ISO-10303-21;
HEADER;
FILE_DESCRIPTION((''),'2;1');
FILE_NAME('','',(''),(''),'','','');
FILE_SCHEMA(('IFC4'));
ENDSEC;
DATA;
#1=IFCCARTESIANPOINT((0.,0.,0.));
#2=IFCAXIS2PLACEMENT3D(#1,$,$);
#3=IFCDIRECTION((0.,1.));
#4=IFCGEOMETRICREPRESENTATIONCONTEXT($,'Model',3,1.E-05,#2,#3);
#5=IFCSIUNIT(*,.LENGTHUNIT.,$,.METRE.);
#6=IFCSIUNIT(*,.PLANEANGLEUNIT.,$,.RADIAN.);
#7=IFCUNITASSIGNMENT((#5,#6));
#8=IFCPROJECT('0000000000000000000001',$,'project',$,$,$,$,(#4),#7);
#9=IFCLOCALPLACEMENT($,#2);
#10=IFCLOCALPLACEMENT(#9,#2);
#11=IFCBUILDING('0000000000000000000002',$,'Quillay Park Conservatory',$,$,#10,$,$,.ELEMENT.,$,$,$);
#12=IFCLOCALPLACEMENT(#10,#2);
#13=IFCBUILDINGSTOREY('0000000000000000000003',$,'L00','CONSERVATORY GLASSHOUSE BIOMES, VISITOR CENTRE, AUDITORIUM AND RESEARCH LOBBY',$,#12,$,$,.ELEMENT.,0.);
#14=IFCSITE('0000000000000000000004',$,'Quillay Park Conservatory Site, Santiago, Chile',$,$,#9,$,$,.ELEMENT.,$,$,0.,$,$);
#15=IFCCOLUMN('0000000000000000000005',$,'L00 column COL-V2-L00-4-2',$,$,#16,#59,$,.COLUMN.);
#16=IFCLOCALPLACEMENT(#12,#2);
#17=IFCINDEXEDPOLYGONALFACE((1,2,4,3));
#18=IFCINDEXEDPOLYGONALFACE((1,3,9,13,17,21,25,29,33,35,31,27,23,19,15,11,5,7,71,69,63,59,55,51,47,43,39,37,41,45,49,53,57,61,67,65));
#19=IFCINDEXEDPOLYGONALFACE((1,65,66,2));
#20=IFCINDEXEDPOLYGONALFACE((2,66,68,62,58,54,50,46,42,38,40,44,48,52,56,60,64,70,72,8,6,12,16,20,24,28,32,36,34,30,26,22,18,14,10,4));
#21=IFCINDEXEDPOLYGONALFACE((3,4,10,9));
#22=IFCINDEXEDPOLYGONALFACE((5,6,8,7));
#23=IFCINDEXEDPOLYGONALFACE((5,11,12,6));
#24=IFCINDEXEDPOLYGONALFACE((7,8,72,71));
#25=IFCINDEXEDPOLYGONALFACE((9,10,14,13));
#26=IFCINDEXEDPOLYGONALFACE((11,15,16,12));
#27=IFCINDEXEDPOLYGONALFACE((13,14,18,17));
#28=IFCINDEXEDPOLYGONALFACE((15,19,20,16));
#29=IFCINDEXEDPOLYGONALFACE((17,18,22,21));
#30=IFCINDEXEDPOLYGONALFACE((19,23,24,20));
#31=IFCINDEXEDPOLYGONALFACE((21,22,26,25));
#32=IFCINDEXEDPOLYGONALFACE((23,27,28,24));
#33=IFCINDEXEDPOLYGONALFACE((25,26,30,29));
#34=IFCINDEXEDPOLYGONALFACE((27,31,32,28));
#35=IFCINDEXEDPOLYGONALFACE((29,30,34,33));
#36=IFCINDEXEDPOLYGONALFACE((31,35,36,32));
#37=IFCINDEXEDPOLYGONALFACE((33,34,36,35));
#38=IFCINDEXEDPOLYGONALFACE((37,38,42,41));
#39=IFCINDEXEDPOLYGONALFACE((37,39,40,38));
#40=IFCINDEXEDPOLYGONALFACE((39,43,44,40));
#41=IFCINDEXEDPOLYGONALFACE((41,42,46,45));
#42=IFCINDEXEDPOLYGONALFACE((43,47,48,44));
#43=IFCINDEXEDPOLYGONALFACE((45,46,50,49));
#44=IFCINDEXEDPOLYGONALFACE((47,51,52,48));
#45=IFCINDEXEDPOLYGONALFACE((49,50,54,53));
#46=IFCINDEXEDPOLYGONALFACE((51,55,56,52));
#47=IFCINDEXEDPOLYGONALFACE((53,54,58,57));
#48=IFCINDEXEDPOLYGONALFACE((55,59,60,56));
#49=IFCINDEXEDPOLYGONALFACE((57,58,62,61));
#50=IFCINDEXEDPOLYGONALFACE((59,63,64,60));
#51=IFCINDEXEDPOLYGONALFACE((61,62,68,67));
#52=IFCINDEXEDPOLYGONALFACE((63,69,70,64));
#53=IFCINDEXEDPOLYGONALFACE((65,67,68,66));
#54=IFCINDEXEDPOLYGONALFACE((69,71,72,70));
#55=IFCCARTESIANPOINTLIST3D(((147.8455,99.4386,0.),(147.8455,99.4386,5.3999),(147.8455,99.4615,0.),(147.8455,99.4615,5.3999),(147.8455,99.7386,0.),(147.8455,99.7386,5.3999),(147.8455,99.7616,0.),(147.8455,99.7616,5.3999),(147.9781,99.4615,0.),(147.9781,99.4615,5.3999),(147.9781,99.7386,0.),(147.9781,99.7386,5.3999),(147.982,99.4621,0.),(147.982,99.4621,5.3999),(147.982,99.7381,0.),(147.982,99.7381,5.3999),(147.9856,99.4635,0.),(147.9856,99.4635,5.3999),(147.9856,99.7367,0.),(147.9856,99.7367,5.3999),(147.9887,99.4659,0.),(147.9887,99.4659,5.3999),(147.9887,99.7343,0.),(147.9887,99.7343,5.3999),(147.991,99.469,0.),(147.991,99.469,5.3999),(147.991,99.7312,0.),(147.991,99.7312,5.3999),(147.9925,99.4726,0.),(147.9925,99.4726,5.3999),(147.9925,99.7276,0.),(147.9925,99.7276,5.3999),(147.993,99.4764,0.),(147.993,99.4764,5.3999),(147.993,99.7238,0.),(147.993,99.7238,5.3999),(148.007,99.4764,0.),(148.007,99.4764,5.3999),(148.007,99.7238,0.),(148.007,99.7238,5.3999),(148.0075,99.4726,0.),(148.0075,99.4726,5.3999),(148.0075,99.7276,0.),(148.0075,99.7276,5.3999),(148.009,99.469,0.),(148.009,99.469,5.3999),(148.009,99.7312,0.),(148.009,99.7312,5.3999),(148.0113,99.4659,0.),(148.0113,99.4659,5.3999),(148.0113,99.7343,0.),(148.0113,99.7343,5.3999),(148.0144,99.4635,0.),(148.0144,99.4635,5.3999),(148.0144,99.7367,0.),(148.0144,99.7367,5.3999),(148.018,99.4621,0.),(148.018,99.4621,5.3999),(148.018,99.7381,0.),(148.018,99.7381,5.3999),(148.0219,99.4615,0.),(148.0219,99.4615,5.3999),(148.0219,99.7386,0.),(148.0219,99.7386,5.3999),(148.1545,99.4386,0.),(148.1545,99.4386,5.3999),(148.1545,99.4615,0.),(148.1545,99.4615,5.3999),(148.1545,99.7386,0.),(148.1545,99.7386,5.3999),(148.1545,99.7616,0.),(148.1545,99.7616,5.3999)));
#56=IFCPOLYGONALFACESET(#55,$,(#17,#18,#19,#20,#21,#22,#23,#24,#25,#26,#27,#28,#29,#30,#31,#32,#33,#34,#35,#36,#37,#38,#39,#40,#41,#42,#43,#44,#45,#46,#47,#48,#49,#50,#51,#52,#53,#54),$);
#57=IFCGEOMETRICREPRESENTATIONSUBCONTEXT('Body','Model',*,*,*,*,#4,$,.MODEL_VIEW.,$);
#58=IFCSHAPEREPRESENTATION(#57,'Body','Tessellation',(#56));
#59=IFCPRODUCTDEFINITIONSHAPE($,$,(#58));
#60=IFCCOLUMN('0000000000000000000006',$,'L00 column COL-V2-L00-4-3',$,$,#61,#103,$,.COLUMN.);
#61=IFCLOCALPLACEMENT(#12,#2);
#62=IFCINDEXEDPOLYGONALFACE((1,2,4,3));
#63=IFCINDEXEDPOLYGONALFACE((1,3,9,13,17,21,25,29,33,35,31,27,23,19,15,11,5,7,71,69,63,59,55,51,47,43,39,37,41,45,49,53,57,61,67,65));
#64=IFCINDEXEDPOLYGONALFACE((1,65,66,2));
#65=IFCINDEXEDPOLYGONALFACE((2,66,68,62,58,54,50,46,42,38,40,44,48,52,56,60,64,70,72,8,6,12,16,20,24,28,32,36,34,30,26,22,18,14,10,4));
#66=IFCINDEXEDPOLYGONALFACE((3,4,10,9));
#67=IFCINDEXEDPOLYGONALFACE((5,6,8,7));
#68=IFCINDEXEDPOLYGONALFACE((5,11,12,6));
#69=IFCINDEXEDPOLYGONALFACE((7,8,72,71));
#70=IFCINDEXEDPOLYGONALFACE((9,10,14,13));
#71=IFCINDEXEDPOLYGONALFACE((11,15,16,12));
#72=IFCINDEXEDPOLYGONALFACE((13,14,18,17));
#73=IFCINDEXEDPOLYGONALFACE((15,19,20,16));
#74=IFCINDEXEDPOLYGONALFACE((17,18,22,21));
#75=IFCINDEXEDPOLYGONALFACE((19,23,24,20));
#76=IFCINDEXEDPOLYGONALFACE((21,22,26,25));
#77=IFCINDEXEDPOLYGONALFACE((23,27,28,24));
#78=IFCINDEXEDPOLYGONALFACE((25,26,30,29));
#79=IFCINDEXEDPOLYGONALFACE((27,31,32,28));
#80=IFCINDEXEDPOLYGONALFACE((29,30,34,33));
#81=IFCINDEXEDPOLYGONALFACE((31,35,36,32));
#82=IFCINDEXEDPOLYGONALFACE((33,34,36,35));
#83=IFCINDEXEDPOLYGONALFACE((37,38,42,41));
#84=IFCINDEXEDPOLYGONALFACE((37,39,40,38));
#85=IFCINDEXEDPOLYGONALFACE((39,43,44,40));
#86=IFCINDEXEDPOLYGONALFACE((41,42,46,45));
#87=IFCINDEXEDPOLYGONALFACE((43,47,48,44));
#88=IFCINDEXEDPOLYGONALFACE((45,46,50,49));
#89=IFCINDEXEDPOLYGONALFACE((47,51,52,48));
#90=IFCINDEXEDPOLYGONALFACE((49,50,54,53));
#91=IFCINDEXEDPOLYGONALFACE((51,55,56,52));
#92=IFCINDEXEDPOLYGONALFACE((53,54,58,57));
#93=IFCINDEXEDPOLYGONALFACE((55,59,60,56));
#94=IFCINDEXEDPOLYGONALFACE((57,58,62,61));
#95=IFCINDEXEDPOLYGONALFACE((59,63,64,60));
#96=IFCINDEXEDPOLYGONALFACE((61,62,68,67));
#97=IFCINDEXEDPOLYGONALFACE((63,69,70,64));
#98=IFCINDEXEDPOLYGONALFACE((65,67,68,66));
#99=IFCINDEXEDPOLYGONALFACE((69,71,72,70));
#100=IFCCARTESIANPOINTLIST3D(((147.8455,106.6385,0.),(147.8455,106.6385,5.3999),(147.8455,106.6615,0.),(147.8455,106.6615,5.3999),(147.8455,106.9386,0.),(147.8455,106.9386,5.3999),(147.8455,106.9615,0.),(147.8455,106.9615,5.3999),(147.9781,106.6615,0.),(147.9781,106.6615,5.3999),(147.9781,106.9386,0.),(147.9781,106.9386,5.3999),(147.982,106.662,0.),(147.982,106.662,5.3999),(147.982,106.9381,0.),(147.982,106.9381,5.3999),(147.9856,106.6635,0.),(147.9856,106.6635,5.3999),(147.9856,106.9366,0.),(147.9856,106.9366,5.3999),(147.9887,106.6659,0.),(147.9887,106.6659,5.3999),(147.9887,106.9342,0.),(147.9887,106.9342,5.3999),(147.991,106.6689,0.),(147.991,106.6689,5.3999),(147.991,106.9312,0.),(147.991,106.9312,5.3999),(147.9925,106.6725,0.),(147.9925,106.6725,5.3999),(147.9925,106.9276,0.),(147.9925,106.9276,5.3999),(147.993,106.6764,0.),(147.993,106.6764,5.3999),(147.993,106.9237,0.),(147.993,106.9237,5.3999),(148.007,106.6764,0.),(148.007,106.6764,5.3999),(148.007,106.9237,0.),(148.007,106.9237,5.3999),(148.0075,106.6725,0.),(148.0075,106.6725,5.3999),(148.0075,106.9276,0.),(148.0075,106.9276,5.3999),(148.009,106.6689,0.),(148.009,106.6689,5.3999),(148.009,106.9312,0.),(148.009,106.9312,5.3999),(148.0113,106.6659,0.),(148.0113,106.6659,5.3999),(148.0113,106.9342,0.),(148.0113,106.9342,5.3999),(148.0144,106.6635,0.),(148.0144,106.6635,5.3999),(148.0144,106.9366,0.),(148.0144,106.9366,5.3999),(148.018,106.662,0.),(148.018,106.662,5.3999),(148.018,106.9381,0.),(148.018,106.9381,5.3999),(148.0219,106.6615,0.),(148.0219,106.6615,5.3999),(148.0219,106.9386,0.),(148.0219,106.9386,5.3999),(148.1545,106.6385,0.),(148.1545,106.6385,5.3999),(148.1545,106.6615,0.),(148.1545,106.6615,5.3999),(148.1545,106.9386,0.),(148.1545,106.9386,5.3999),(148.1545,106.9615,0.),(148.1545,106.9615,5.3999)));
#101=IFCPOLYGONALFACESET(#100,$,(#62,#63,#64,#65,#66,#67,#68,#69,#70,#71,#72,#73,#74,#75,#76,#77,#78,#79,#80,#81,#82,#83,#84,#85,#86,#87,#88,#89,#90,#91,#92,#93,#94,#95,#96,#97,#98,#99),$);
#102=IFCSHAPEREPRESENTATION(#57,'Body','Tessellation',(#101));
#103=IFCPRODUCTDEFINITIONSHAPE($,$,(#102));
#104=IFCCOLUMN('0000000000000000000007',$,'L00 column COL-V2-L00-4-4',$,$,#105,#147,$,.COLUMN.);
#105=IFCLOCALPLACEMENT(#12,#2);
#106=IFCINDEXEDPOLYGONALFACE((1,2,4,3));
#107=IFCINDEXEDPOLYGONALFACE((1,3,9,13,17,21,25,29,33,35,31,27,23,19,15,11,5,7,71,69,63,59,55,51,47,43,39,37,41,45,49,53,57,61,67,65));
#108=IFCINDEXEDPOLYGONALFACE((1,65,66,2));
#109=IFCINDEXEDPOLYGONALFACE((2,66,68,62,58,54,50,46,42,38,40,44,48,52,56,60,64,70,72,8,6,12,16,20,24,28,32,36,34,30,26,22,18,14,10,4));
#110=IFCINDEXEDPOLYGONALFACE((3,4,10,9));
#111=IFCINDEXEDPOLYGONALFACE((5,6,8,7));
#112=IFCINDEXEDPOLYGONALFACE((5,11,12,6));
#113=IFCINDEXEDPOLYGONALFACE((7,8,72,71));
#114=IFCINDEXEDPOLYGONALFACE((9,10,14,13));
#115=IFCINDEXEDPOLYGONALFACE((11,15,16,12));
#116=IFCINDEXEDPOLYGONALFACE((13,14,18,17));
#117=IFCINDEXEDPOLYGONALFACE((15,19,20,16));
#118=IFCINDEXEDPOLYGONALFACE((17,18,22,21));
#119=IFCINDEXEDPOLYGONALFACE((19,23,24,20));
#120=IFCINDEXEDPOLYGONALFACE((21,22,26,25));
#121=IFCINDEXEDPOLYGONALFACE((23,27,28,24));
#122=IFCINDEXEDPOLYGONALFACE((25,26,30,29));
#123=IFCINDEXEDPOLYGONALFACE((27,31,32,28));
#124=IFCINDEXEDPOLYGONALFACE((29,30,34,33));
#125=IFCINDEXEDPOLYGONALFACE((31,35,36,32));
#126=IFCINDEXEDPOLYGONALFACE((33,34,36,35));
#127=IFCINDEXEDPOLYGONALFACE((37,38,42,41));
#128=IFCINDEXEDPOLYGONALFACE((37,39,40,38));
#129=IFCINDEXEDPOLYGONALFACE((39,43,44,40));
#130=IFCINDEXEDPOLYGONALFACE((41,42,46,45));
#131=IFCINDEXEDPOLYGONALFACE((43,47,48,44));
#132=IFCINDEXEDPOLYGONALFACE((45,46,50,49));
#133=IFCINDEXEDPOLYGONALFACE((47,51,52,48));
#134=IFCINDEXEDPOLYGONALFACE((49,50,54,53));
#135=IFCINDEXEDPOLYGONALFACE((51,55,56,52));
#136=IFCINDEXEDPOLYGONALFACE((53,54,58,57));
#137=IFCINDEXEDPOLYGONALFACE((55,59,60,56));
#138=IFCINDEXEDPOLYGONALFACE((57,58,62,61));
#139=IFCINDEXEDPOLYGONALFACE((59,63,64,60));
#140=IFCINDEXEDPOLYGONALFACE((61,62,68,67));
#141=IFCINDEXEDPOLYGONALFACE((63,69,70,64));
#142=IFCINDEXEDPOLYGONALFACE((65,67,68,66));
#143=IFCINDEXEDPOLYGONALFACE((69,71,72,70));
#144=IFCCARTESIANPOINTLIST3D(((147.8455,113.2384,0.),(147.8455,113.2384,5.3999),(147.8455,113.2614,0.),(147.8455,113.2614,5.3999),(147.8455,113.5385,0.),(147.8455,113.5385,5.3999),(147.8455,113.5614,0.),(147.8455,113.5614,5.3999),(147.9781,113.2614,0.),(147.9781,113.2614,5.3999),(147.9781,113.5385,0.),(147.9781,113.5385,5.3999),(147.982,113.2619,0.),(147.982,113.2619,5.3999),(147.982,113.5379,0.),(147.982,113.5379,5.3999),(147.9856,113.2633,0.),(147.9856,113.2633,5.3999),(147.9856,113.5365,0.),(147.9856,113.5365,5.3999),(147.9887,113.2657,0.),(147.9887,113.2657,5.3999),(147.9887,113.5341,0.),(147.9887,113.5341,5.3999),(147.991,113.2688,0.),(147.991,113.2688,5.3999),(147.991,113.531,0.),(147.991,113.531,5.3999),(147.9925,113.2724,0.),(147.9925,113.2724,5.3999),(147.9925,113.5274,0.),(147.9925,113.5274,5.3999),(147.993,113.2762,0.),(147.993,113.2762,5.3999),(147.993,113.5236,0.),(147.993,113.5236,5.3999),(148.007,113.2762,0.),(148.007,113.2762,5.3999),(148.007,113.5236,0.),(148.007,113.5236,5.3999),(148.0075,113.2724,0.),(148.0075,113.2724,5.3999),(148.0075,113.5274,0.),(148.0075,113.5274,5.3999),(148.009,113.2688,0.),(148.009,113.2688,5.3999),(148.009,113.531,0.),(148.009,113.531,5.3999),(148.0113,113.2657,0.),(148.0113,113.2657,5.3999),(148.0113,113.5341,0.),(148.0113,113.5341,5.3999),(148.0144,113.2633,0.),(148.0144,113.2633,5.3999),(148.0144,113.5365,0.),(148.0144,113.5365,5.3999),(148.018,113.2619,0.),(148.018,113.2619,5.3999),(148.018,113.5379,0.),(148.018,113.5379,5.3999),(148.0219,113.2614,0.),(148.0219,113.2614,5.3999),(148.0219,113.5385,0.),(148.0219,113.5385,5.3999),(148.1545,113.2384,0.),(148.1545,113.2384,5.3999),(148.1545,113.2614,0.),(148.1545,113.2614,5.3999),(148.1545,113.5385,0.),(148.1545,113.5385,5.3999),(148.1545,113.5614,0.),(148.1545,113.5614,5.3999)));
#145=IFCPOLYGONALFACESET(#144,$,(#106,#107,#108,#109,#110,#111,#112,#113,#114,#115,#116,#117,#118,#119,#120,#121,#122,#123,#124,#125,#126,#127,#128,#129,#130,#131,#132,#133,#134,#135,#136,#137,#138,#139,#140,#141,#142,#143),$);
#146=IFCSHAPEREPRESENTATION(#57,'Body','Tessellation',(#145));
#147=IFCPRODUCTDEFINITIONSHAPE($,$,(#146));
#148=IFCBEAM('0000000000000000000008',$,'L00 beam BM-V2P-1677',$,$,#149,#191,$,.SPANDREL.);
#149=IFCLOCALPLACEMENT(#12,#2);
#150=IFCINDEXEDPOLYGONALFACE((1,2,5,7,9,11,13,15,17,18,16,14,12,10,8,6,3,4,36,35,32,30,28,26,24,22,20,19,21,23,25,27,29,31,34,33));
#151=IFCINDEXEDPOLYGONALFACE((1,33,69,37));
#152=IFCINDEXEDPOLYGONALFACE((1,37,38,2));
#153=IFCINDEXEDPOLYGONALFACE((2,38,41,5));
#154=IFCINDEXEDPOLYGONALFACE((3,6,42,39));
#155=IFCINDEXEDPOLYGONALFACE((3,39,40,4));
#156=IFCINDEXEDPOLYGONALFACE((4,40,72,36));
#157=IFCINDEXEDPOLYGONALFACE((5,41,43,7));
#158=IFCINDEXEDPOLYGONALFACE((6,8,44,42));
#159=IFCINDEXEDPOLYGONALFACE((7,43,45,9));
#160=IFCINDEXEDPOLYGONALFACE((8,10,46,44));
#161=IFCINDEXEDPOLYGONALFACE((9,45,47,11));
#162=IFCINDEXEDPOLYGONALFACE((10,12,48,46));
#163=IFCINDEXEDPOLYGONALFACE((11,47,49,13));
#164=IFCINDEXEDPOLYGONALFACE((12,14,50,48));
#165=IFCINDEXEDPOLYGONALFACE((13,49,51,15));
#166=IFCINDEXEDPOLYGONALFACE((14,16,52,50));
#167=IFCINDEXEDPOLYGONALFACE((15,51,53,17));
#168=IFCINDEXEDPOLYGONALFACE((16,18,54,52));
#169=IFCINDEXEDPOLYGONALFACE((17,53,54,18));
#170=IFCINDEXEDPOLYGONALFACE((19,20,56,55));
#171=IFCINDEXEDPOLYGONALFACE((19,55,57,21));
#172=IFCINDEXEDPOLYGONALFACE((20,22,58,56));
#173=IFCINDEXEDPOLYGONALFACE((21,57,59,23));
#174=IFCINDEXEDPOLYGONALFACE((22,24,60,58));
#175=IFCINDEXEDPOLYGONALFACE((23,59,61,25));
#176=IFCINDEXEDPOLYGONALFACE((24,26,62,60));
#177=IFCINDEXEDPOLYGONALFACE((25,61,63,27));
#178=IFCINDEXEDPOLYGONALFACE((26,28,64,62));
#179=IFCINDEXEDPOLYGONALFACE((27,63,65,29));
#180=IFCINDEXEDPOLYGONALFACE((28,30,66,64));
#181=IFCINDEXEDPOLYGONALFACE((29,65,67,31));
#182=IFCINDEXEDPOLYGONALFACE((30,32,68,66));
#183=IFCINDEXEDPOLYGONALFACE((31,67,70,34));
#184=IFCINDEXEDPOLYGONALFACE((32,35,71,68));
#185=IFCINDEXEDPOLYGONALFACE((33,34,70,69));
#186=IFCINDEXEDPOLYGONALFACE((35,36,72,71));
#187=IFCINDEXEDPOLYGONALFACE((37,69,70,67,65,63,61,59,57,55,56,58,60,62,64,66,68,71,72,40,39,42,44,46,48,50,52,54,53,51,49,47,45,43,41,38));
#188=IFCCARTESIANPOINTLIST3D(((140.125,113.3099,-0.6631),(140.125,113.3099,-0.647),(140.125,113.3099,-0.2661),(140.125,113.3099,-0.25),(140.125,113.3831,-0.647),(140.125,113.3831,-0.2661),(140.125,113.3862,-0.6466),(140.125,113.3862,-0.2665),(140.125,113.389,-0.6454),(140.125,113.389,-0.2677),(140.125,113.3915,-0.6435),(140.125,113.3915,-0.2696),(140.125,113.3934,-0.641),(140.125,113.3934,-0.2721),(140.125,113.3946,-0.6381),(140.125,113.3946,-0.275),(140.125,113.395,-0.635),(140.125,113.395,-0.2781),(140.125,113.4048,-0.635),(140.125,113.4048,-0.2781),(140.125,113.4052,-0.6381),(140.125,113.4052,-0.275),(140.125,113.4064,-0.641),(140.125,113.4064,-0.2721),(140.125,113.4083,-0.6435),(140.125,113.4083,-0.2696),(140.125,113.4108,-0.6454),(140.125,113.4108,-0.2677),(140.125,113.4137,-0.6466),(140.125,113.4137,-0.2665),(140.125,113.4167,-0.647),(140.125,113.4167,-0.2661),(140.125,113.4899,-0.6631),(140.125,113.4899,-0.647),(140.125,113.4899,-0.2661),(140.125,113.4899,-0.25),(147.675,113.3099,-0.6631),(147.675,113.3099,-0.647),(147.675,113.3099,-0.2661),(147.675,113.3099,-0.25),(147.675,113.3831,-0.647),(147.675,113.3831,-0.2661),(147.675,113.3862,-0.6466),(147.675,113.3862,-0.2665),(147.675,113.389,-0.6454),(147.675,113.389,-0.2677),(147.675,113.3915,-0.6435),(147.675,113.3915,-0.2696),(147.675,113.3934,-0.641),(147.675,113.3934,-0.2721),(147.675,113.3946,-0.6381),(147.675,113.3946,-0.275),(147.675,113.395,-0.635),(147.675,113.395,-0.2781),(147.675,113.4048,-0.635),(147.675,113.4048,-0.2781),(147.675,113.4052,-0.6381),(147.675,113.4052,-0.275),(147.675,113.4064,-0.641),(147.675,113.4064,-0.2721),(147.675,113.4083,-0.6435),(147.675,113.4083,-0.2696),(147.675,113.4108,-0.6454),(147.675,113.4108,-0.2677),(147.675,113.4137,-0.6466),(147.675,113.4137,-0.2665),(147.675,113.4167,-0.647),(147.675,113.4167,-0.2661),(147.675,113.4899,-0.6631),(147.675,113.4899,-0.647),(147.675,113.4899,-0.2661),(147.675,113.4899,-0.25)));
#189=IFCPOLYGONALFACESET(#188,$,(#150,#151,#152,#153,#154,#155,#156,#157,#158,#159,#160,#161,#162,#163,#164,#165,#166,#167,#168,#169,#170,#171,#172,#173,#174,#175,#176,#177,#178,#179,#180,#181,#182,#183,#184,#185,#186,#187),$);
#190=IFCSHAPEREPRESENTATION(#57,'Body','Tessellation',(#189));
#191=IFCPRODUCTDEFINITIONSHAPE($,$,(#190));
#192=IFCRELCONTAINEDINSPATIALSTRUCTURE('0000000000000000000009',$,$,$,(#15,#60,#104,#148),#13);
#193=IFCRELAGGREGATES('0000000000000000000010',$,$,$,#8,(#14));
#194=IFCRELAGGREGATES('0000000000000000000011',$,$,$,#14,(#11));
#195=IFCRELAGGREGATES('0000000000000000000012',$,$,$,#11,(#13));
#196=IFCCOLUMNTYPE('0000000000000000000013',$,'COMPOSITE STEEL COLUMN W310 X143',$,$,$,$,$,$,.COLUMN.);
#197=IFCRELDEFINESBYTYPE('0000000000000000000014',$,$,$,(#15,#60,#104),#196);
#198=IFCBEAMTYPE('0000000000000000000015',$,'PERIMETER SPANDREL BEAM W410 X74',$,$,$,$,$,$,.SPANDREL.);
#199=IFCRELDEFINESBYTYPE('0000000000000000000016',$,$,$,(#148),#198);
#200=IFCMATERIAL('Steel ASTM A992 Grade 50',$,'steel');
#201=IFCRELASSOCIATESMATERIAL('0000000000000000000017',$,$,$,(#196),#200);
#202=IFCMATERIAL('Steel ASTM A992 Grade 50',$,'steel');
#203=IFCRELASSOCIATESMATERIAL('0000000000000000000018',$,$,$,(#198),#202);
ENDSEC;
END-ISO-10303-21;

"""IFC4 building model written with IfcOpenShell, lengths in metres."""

from ifc_helpers import new_model, si_unit, direction, frame, origin, origin_2d, place, context, subcontext, project, spatial, i_section, extrude, material, material_profile, profile_set, type_object, element, save


model = new_model("IFC4")

# Units and contexts
model_context = context("Model", 3, precision=1e-05, world=origin(), true_north=direction((0.0, 1.0)))
body_context = subcontext(model_context, "Body", "Model", "MODEL_VIEW")
ifc_project = project(units=[si_unit("LENGTHUNIT", "METRE"), si_unit("PLANEANGLEUNIT", "RADIAN")], contexts=[model_context])

# Site, building, storey
site_placement = place(None, origin())
site = spatial("IfcSite", under=ifc_project, at=site_placement, Name="Quillay Park Conservatory Site, Santiago, Chile", CompositionType="ELEMENT", RefElevation=0.0)
building_placement = place(site_placement, origin())
building = spatial("IfcBuilding", under=site, at=building_placement, Name="Quillay Park Conservatory", CompositionType="ELEMENT")
storey_placement = place(building_placement, origin())
storey = spatial("IfcBuildingStorey", under=building, at=storey_placement, Name="L00", Description="CONSERVATORY GLASSHOUSE BIOMES, VISITOR CENTRE, AUDITORIUM AND RESEARCH LOBBY", CompositionType="ELEMENT", Elevation=0.0)

# Columns
ifc_material_1 = material(Name="Steel ASTM A992 Grade 50", Category="steel")
ifc_material_profile_1 = material_profile(ifc_material_1, i_section(OverallWidth=0.3091, OverallDepth=0.323, WebThickness=0.0139, FlangeThickness=0.0229, FilletRadius=0.0149, at=origin_2d()), Name="W310x143")
ifc_profile_set_1 = profile_set([ifc_material_profile_1], Name="Steel ASTM A992 Grade 50")
column_type = type_object("IfcColumnType", Name="COMPOSITE STEEL COLUMN W310 X143", PredefinedType="COLUMN", material=ifc_profile_set_1)
for number, where, z_axis, x_axis, name in (
    (1, (148.0, 99.6001, 0.0), (0.0, 0.0, 1.0), (1.0, 0.0, 0.0), "L00 column COL-V2-L00-4-2"),
    (2, (148.0, 106.8, 0.0), (0.0, 0.0, 1.0), (1.0, 0.0, 0.0), "L00 column COL-V2-L00-4-3"),
    (3, (148.0, 113.3999, 0.0), (0.0, 0.0, 1.0), (1.0, 0.0, 0.0), "L00 column COL-V2-L00-4-4"),
):
    element("IfcColumn", number, at=place(storey_placement, frame(where, z_axis=z_axis, x_axis=x_axis)), inside=storey, type_object=column_type, Name=name, PredefinedType="COLUMN", context=body_context, shape_type="SweptSolid", body=[
        extrude(i_section(OverallWidth=0.3091, OverallDepth=0.323, WebThickness=0.0139, FlangeThickness=0.0229, FilletRadius=0.0149, at=origin_2d()), origin(), (0.0, 0.0, 1.0), 5.3999),
    ])

# Beam
ifc_material_2 = material(Name="Steel ASTM A992 Grade 50", Category="steel")
ifc_material_profile_2 = material_profile(ifc_material_2, i_section(OverallWidth=0.1799, OverallDepth=0.4131, WebThickness=0.0098, FlangeThickness=0.0161, FilletRadius=0.012, at=origin_2d()), Name="W410x74")
ifc_profile_set_2 = profile_set([ifc_material_profile_2], Name="Steel ASTM A992 Grade 50")
beam_type_1 = type_object("IfcBeamType", Name="PERIMETER SPANDREL BEAM W410 X74", PredefinedType="SPANDREL", material=ifc_profile_set_2)
for number, where, z_axis, x_axis, name in (
    (4, (140.125, 113.3999, -0.4565), (1.0, 0.0, 0.0), (0.0, 1.0, 0.0), "L00 beam BM-V2P-1677"),
):
    element("IfcBeam", number, at=place(storey_placement, frame(where, z_axis=z_axis, x_axis=x_axis)), inside=storey, type_object=beam_type_1, Name=name, PredefinedType="SPANDREL", context=body_context, shape_type="SweptSolid", body=[
        extrude(i_section(OverallWidth=0.1799, OverallDepth=0.4131, WebThickness=0.0098, FlangeThickness=0.0161, FilletRadius=0.012, at=origin_2d()), origin(), (0.0, 0.0, 1.0), 7.55),
    ])

save(model, "model.ifc")
